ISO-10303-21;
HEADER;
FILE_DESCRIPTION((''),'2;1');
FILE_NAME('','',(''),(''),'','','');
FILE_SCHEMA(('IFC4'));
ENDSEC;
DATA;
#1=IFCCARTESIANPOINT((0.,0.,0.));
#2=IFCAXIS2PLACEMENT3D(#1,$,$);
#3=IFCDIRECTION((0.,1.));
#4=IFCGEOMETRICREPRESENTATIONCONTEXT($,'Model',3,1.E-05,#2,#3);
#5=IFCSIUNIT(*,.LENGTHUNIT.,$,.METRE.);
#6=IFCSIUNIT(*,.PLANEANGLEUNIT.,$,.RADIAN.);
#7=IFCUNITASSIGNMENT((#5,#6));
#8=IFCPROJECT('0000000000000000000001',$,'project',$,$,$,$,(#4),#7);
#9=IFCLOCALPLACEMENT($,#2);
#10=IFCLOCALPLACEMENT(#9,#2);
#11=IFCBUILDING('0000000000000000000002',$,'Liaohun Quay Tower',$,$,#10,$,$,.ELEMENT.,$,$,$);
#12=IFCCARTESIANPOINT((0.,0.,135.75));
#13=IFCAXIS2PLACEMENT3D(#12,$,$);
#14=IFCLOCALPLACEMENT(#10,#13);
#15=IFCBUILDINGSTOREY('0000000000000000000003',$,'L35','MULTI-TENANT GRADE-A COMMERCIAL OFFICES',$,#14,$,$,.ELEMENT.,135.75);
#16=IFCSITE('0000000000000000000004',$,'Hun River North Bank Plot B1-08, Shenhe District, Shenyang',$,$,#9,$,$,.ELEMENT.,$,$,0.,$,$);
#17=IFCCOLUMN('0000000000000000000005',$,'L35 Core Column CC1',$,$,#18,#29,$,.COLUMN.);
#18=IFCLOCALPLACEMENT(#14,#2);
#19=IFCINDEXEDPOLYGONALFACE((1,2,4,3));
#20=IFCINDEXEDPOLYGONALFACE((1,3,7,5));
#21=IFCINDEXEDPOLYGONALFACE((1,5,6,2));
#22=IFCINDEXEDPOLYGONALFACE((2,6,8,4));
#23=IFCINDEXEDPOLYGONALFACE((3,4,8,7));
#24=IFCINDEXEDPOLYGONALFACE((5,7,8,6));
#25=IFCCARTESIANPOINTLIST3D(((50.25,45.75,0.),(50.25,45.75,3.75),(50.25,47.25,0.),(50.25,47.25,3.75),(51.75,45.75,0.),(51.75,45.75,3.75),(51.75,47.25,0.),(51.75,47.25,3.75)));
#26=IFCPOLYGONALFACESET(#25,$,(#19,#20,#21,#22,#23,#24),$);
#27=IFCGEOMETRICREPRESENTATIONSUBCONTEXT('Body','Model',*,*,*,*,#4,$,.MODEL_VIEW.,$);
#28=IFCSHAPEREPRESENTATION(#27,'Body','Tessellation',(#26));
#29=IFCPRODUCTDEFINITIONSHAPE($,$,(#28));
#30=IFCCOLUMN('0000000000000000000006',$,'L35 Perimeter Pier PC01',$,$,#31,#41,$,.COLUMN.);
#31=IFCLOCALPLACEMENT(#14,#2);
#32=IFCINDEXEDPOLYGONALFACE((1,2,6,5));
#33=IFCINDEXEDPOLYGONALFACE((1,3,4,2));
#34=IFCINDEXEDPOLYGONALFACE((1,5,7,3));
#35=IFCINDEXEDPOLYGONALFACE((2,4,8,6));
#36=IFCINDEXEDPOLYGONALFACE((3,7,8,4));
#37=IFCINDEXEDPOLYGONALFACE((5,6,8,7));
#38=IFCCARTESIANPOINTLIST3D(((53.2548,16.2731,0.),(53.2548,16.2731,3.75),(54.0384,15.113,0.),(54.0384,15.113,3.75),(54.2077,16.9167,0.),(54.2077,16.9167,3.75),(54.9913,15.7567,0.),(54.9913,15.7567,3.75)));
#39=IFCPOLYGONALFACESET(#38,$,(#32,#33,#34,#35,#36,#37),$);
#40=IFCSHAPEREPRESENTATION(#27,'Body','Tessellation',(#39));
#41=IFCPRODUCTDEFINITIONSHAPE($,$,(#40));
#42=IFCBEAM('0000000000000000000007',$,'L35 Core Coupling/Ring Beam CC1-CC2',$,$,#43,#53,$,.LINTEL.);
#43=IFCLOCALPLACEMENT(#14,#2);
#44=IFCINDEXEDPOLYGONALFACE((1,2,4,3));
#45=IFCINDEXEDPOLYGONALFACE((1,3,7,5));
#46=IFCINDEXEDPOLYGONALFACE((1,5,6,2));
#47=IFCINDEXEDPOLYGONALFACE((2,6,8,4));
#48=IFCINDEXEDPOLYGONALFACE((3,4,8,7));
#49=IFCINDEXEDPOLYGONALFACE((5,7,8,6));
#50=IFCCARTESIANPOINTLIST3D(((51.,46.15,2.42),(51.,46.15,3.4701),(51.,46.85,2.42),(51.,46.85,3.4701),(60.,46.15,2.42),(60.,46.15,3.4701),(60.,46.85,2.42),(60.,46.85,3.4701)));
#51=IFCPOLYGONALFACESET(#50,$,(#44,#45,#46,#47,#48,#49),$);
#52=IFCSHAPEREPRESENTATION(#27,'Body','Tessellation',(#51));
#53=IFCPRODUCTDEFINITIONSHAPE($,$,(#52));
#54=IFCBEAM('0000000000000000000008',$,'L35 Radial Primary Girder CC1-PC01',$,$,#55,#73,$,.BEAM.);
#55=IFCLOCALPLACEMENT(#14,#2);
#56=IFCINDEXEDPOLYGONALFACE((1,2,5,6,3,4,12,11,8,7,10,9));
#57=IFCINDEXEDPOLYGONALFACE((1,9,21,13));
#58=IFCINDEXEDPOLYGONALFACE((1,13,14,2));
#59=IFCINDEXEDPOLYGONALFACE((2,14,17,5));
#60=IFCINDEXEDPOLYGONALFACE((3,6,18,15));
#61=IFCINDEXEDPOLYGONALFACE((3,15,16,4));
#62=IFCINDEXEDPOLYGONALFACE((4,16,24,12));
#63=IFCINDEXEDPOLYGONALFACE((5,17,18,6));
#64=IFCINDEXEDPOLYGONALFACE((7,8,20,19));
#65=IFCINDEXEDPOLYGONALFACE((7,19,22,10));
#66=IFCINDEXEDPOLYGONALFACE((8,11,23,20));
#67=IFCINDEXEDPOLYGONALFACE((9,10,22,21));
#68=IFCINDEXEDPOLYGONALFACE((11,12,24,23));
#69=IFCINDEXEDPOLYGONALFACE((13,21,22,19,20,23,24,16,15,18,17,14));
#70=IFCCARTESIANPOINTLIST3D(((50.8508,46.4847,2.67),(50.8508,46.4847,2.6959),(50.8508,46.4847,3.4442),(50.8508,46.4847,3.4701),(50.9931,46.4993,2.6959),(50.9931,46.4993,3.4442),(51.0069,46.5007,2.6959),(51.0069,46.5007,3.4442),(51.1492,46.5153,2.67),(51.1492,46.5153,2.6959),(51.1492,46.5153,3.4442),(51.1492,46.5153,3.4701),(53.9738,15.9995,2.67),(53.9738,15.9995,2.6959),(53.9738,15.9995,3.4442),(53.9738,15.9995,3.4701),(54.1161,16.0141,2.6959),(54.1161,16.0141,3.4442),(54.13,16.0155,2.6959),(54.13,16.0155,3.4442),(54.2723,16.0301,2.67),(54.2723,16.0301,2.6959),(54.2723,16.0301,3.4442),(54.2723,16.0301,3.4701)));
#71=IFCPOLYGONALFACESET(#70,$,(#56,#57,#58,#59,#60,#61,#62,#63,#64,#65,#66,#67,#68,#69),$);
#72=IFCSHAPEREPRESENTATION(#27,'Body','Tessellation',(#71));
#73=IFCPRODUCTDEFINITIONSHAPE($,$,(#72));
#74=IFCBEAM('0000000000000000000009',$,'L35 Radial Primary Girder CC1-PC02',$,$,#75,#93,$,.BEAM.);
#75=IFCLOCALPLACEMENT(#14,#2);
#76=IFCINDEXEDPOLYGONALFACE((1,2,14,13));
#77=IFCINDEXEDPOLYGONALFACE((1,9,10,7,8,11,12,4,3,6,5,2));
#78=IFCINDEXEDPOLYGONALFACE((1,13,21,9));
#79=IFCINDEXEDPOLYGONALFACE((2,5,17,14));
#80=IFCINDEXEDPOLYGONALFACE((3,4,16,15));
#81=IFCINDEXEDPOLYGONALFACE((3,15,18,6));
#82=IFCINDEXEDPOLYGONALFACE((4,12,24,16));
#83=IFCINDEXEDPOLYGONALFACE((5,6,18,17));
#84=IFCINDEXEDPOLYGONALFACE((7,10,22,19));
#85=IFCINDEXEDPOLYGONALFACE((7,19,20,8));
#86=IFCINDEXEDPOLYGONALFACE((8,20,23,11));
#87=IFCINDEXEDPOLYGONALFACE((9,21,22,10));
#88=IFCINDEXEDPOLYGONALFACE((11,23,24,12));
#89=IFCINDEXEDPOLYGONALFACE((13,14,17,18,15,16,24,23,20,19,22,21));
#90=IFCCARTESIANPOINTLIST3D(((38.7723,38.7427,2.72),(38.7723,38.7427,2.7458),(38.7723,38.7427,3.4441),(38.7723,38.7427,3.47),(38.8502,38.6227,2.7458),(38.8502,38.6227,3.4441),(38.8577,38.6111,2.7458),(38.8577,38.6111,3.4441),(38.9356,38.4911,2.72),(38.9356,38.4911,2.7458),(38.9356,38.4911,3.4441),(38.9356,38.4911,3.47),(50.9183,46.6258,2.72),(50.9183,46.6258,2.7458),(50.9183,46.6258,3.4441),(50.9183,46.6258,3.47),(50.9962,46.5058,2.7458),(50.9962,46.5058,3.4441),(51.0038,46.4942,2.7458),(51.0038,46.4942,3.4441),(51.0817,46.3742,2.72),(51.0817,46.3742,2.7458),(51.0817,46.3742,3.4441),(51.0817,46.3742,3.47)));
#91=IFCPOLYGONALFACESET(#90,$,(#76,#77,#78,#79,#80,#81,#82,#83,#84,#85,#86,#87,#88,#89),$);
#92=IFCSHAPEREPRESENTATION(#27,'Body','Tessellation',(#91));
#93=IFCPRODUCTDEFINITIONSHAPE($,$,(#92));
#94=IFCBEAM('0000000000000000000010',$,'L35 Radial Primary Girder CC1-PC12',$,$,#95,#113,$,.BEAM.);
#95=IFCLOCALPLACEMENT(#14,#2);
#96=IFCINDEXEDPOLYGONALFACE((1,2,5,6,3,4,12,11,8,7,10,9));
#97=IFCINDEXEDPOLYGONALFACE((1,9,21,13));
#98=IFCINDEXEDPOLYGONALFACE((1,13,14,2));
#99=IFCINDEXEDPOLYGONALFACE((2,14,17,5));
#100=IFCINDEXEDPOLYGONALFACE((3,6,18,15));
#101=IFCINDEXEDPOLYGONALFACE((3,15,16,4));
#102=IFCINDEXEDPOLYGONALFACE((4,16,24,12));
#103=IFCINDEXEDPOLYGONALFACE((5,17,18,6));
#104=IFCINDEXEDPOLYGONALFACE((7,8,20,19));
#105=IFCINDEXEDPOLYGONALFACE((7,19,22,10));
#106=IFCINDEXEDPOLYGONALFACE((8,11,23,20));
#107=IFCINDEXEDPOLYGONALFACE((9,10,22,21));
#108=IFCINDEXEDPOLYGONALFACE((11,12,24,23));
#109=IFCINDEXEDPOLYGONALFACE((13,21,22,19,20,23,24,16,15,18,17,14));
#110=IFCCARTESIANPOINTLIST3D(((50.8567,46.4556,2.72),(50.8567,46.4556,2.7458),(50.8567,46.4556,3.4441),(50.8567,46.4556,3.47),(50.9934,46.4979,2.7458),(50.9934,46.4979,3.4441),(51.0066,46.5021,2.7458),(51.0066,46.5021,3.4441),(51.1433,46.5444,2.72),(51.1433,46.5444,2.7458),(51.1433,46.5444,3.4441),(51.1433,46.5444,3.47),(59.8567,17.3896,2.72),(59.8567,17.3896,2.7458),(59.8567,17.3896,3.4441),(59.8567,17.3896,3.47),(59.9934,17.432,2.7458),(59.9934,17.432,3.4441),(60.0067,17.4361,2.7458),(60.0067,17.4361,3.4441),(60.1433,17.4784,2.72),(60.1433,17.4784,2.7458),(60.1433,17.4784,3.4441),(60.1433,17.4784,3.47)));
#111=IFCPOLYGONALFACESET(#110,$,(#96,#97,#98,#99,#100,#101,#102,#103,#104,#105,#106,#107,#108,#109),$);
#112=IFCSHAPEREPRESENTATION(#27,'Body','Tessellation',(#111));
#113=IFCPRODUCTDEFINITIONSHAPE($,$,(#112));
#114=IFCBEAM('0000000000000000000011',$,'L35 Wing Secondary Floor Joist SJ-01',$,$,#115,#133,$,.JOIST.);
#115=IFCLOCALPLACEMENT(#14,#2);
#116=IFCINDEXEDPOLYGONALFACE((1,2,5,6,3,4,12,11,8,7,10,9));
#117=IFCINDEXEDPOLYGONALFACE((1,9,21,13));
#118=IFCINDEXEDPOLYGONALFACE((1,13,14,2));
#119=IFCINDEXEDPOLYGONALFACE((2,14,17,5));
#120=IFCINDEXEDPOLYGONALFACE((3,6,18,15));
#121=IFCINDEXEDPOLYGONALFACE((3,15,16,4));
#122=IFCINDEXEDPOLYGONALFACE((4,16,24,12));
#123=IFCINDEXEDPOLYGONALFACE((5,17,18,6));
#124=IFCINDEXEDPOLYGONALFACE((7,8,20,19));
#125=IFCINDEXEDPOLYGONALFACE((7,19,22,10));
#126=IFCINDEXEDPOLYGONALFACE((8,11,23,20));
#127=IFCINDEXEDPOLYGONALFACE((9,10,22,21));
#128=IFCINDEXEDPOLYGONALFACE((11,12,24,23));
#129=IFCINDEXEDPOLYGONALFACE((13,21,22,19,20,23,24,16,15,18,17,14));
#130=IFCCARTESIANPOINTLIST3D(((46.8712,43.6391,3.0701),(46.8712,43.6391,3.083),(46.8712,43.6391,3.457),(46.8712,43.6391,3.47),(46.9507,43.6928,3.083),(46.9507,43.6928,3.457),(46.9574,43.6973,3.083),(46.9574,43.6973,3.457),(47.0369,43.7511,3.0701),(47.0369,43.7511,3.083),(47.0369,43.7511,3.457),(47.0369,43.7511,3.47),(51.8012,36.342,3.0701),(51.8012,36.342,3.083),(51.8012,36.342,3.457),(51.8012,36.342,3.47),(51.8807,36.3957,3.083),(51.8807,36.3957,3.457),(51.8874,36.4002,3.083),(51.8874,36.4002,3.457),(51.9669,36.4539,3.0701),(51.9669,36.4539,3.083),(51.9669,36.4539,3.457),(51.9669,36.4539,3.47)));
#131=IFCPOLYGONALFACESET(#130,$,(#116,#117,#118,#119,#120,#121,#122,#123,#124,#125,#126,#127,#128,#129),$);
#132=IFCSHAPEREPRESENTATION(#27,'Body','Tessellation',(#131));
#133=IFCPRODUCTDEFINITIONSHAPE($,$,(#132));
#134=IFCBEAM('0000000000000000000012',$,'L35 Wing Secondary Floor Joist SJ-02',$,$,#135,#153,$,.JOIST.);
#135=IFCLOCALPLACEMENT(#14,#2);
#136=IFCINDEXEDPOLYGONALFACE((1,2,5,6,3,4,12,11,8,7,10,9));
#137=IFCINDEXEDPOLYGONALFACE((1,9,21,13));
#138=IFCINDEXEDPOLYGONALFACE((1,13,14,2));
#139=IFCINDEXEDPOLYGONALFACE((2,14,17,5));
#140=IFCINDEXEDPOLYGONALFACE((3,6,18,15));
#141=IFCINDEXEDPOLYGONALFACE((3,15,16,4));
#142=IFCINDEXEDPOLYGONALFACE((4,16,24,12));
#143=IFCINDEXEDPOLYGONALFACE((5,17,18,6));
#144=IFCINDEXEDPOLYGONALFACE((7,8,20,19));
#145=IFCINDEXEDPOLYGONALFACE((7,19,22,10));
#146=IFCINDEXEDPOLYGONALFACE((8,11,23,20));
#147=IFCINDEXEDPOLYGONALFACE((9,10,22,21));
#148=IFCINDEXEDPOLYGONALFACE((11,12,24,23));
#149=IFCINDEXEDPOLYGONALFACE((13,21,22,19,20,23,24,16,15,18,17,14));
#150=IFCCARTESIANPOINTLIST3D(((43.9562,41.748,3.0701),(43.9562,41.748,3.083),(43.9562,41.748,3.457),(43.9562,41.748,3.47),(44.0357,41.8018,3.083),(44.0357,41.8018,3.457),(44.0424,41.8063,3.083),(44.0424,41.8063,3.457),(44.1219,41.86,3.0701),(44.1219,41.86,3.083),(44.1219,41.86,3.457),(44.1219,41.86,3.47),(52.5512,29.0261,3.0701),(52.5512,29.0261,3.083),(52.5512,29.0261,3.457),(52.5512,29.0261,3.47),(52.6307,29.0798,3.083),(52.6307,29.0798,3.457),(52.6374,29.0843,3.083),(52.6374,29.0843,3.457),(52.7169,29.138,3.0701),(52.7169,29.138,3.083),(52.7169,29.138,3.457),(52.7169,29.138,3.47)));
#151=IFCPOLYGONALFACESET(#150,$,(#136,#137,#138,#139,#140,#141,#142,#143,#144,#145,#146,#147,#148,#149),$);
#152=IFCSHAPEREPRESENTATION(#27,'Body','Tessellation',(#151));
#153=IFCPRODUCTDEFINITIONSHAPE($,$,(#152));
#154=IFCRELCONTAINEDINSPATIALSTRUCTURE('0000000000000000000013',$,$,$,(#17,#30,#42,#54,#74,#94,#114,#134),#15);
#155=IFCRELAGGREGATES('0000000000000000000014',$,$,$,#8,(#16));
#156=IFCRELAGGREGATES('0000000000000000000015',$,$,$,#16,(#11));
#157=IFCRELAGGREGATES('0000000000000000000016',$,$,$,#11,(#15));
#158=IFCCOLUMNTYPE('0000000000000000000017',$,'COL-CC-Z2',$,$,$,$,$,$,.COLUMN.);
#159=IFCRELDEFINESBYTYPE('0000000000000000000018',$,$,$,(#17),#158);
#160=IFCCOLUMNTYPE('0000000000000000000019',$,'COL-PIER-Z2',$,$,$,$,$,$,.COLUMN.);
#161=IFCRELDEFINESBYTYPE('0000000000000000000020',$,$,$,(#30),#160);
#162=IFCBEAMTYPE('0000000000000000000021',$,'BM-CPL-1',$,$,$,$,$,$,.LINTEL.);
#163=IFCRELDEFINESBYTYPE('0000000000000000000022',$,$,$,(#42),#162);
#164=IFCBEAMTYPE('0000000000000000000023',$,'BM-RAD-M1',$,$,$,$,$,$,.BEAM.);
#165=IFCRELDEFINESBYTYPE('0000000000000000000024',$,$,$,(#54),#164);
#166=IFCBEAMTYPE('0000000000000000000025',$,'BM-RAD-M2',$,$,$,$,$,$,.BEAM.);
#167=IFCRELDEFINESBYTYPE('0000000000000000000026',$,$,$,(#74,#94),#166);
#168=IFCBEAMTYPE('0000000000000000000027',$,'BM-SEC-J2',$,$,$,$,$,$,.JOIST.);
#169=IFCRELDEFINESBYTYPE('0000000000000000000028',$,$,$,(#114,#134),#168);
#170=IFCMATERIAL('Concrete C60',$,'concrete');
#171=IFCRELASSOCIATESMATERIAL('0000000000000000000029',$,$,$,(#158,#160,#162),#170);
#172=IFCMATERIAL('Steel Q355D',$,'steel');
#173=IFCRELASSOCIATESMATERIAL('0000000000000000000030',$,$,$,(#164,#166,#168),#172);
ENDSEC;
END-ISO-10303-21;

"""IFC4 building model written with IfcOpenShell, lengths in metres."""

from ifc_helpers import new_model, si_unit, direction, frame, origin, origin_2d, place, context, subcontext, project, spatial, rectangle, i_section, extrude, source, transform, mapped, material, material_profile, profile_set, type_object, element, save


model = new_model("IFC4")

# Units and contexts
model_context = context("Model", 3, precision=1e-05, world=origin(), true_north=direction((0.0, 1.0)))
body_context = subcontext(model_context, "Body", "Model", "MODEL_VIEW")
ifc_project = project(units=[si_unit("LENGTHUNIT", "METRE"), si_unit("PLANEANGLEUNIT", "RADIAN")], contexts=[model_context])

# Site, building, storey
site_placement = place(None, origin())
site = spatial("IfcSite", under=ifc_project, at=site_placement, Name="Hun River North Bank Plot B1-08, Shenhe District, Shenyang", CompositionType="ELEMENT", RefElevation=0.0)
building_placement = place(site_placement, origin())
building = spatial("IfcBuilding", under=site, at=building_placement, Name="Liaohun Quay Tower", CompositionType="ELEMENT")
storey_placement = place(building_placement, frame((0.0, 0.0, 135.75)))
storey = spatial("IfcBuildingStorey", under=building, at=storey_placement, Name="L35", Description="MULTI-TENANT GRADE-A COMMERCIAL OFFICES", CompositionType="ELEMENT", Elevation=135.75)

# Columns
ifc_material_1 = material(Name="Concrete C60", Category="concrete")
ifc_material_profile_1 = material_profile(ifc_material_1, rectangle(XDim=1.5, YDim=1.5, at=origin_2d()), Name="RC1500x1500")
ifc_profile_set_1 = profile_set([ifc_material_profile_1], Name="Concrete C60")
column_type_1 = type_object("IfcColumnType", Name="COL-CC-Z2", PredefinedType="COLUMN", material=ifc_profile_set_1)
shared_shape_1 = source(origin(), body_context, "Body", "SweptSolid", [
    extrude(rectangle(XDim=1.5, YDim=1.5, at=origin_2d()), origin(), (0.0, 0.0, 1.0), 3.75),
])
column_1_placement = place(storey_placement, frame((51.0, 46.5, 0.0), z_axis=(0.0, 0.0, 1.0), x_axis=(1.0, 0.0, 0.0)))
element("IfcColumn", 1, at=column_1_placement, inside=storey, type_object=column_type_1, Name="L35 Core Column CC1", PredefinedType="COLUMN", context=body_context, shape_type="MappedRepresentation", body=[
    mapped(shared_shape_1, transform((0.0, 0.0, 0.0), x_axis=(1.0, 0.0, 0.0), y_axis=(0.0, 1.0, 0.0), z_axis=(0.0, 0.0, 1.0), scale=1.0)),
])
ifc_material_profile_2 = material_profile(ifc_material_1, rectangle(XDim=1.3999, YDim=1.1499, at=origin_2d()), Name="RC1400x1150")
ifc_profile_set_2 = profile_set([ifc_material_profile_2], Name="Concrete C60")
column_type_2 = type_object("IfcColumnType", Name="COL-PIER-Z2", PredefinedType="COLUMN", material=ifc_profile_set_2)
shared_shape_2 = source(origin(), body_context, "Body", "SweptSolid", [
    extrude(rectangle(XDim=1.3999, YDim=1.1499, at=origin_2d()), origin(), (0.0, 0.0, 1.0), 3.75),
])
column_2_placement = place(storey_placement, frame((54.123, 16.0149, 0.0), z_axis=(0.0, 0.0, 1.0), x_axis=(-0.559772, 0.828647, 0.0)))
element("IfcColumn", 2, at=column_2_placement, inside=storey, type_object=column_type_2, Name="L35 Perimeter Pier PC01", PredefinedType="COLUMN", context=body_context, shape_type="MappedRepresentation", body=[
    mapped(shared_shape_2, transform((0.0, 0.0, 0.0), x_axis=(1.0, 0.0, 0.0), y_axis=(0.0, 1.0, 0.0), z_axis=(0.0, 0.0, 1.0), scale=1.0)),
])

# Beams
ifc_material_profile_3 = material_profile(ifc_material_1, rectangle(XDim=0.7, YDim=1.05, at=origin_2d()), Name="RC700x1050")
ifc_profile_set_3 = profile_set([ifc_material_profile_3], Name="Concrete C60")
beam_type_1 = type_object("IfcBeamType", Name="BM-CPL-1", PredefinedType="LINTEL", material=ifc_profile_set_3)
shared_shape_3 = source(origin(), body_context, "Body", "SweptSolid", [
    extrude(rectangle(XDim=0.7, YDim=1.05, at=origin_2d()), origin(), (0.0, 0.0, 1.0), 9.0),
])
beam_1_placement = place(storey_placement, frame((51.0, 46.5, 2.9451), z_axis=(1.0, 0.0, 0.0), x_axis=(0.0, 1.0, 0.0)))
element("IfcBeam", 3, at=beam_1_placement, inside=storey, type_object=beam_type_1, Name="L35 Core Coupling/Ring Beam CC1-CC2", PredefinedType="LINTEL", context=body_context, shape_type="MappedRepresentation", body=[
    mapped(shared_shape_3, transform((0.0, 0.0, 0.0), x_axis=(1.0, 0.0, 0.0), y_axis=(0.0, 1.0, 0.0), z_axis=(0.0, 0.0, 1.0), scale=1.0)),
])
ifc_material_2 = material(Name="Steel Q355D", Category="steel")
ifc_material_profile_4 = material_profile(ifc_material_2, i_section(OverallWidth=0.3, OverallDepth=0.8, WebThickness=0.0139, FlangeThickness=0.0259, at=origin_2d()), Name="HN800x300x14x26")
ifc_profile_set_4 = profile_set([ifc_material_profile_4], Name="Steel Q355D")
beam_type_2 = type_object("IfcBeamType", Name="BM-RAD-M1", PredefinedType="BEAM", material=ifc_profile_set_4)
shared_shape_4 = source(origin(), body_context, "Body", "SweptSolid", [
    extrude(i_section(OverallWidth=0.3, OverallDepth=0.8, WebThickness=0.0139, FlangeThickness=0.0259, at=origin_2d()), origin(), (0.0, 0.0, 1.0), 30.6448),
])
beam_2_placement = place(storey_placement, frame((51.0, 46.5, 3.0701), z_axis=(0.101912, -0.994793, 0.0), x_axis=(0.994793, 0.101912, 0.0)))
element("IfcBeam", 4, at=beam_2_placement, inside=storey, type_object=beam_type_2, Name="L35 Radial Primary Girder CC1-PC01", PredefinedType="BEAM", context=body_context, shape_type="MappedRepresentation", body=[
    mapped(shared_shape_4, transform((0.0, 0.0, 0.0), x_axis=(1.0, 0.0, 0.0), y_axis=(0.0, 1.0, 0.0), z_axis=(0.0, 0.0, 1.0), scale=1.0)),
])
ifc_material_profile_5 = material_profile(ifc_material_2, i_section(OverallWidth=0.3, OverallDepth=0.75, WebThickness=0.0139, FlangeThickness=0.0259, at=origin_2d()), Name="HN750x300x14x26")
ifc_profile_set_5 = profile_set([ifc_material_profile_5], Name="Steel Q355D")
beam_type_3 = type_object("IfcBeamType", Name="BM-RAD-M2", PredefinedType="BEAM", material=ifc_profile_set_5)
shared_shape_5 = source(origin(), body_context, "Body", "SweptSolid", [
    extrude(i_section(OverallWidth=0.3, OverallDepth=0.75, WebThickness=0.0139, FlangeThickness=0.0259, at=origin_2d()), origin(), (0.0, 0.0, 1.0), 14.48),
])
beam_3_placement = place(storey_placement, frame((51.0, 46.5, 3.095), z_axis=(-0.838817, -0.544413, 0.0), x_axis=(0.544413, -0.838817, 0.0)))
element("IfcBeam", 5, at=beam_3_placement, inside=storey, type_object=beam_type_3, Name="L35 Radial Primary Girder CC1-PC02", PredefinedType="BEAM", context=body_context, shape_type="MappedRepresentation", body=[
    mapped(shared_shape_5, transform((0.0, 0.0, 0.0), x_axis=(1.0, 0.0, 0.0), y_axis=(0.0, 1.0, 0.0), z_axis=(0.0, 0.0, 1.0), scale=1.0)),
])
shared_shape_6 = source(origin(), body_context, "Body", "SweptSolid", [
    extrude(i_section(OverallWidth=0.3, OverallDepth=0.75, WebThickness=0.0139, FlangeThickness=0.0259, at=origin_2d()), origin(), (0.0, 0.0, 1.0), 30.4275),
])
beam_4_placement = place(storey_placement, frame((51.0, 46.5, 3.095), z_axis=(0.295786, -0.955254, 0.0), x_axis=(0.955254, 0.295786, 0.0)))
element("IfcBeam", 6, at=beam_4_placement, inside=storey, type_object=beam_type_3, Name="L35 Radial Primary Girder CC1-PC12", PredefinedType="BEAM", context=body_context, shape_type="MappedRepresentation", body=[
    mapped(shared_shape_6, transform((0.0, 0.0, 0.0), x_axis=(1.0, 0.0, 0.0), y_axis=(0.0, 1.0, 0.0), z_axis=(0.0, 0.0, 1.0), scale=1.0)),
])
ifc_material_profile_6 = material_profile(ifc_material_2, i_section(OverallWidth=0.2, OverallDepth=0.3999, WebThickness=0.0081, FlangeThickness=0.0129, at=origin_2d()), Name="HN400x200x8x13")
ifc_profile_set_6 = profile_set([ifc_material_profile_6], Name="Steel Q355D")
beam_type_4 = type_object("IfcBeamType", Name="BM-SEC-J2", PredefinedType="JOIST", material=ifc_profile_set_6)
shared_shape_7 = source(origin(), body_context, "Body", "SweptSolid", [
    extrude(i_section(OverallWidth=0.2, OverallDepth=0.3999, WebThickness=0.0081, FlangeThickness=0.0129, at=origin_2d()), origin(), (0.0, 0.0, 1.0), 8.8064),
])
beam_5_placement = place(storey_placement, frame((51.884, 36.3979, 3.27), z_axis=(-0.559814, 0.828618, 0.0), x_axis=(-0.828618, -0.559814, 0.0)))
element("IfcBeam", 7, at=beam_5_placement, inside=storey, type_object=beam_type_4, Name="L35 Wing Secondary Floor Joist SJ-01", PredefinedType="JOIST", context=body_context, shape_type="MappedRepresentation", body=[
    mapped(shared_shape_7, transform((0.0, 0.0, 0.0), x_axis=(1.0, 0.0, 0.0), y_axis=(0.0, 1.0, 0.0), z_axis=(0.0, 0.0, 1.0), scale=1.0)),
])
shared_shape_8 = source(origin(), body_context, "Body", "SweptSolid", [
    extrude(i_section(OverallWidth=0.2, OverallDepth=0.3999, WebThickness=0.0081, FlangeThickness=0.0129, at=origin_2d()), origin(), (0.0, 0.0, 1.0), 15.3533),
])
beam_6_placement = place(storey_placement, frame((52.634, 29.082, 3.27), z_axis=(-0.559816, 0.828617, 0.0), x_axis=(-0.828617, -0.559816, 0.0)))
element("IfcBeam", 8, at=beam_6_placement, inside=storey, type_object=beam_type_4, Name="L35 Wing Secondary Floor Joist SJ-02", PredefinedType="JOIST", context=body_context, shape_type="MappedRepresentation", body=[
    mapped(shared_shape_8, transform((0.0, 0.0, 0.0), x_axis=(1.0, 0.0, 0.0), y_axis=(0.0, 1.0, 0.0), z_axis=(0.0, 0.0, 1.0), scale=1.0)),
])

save(model, "model.ifc")
